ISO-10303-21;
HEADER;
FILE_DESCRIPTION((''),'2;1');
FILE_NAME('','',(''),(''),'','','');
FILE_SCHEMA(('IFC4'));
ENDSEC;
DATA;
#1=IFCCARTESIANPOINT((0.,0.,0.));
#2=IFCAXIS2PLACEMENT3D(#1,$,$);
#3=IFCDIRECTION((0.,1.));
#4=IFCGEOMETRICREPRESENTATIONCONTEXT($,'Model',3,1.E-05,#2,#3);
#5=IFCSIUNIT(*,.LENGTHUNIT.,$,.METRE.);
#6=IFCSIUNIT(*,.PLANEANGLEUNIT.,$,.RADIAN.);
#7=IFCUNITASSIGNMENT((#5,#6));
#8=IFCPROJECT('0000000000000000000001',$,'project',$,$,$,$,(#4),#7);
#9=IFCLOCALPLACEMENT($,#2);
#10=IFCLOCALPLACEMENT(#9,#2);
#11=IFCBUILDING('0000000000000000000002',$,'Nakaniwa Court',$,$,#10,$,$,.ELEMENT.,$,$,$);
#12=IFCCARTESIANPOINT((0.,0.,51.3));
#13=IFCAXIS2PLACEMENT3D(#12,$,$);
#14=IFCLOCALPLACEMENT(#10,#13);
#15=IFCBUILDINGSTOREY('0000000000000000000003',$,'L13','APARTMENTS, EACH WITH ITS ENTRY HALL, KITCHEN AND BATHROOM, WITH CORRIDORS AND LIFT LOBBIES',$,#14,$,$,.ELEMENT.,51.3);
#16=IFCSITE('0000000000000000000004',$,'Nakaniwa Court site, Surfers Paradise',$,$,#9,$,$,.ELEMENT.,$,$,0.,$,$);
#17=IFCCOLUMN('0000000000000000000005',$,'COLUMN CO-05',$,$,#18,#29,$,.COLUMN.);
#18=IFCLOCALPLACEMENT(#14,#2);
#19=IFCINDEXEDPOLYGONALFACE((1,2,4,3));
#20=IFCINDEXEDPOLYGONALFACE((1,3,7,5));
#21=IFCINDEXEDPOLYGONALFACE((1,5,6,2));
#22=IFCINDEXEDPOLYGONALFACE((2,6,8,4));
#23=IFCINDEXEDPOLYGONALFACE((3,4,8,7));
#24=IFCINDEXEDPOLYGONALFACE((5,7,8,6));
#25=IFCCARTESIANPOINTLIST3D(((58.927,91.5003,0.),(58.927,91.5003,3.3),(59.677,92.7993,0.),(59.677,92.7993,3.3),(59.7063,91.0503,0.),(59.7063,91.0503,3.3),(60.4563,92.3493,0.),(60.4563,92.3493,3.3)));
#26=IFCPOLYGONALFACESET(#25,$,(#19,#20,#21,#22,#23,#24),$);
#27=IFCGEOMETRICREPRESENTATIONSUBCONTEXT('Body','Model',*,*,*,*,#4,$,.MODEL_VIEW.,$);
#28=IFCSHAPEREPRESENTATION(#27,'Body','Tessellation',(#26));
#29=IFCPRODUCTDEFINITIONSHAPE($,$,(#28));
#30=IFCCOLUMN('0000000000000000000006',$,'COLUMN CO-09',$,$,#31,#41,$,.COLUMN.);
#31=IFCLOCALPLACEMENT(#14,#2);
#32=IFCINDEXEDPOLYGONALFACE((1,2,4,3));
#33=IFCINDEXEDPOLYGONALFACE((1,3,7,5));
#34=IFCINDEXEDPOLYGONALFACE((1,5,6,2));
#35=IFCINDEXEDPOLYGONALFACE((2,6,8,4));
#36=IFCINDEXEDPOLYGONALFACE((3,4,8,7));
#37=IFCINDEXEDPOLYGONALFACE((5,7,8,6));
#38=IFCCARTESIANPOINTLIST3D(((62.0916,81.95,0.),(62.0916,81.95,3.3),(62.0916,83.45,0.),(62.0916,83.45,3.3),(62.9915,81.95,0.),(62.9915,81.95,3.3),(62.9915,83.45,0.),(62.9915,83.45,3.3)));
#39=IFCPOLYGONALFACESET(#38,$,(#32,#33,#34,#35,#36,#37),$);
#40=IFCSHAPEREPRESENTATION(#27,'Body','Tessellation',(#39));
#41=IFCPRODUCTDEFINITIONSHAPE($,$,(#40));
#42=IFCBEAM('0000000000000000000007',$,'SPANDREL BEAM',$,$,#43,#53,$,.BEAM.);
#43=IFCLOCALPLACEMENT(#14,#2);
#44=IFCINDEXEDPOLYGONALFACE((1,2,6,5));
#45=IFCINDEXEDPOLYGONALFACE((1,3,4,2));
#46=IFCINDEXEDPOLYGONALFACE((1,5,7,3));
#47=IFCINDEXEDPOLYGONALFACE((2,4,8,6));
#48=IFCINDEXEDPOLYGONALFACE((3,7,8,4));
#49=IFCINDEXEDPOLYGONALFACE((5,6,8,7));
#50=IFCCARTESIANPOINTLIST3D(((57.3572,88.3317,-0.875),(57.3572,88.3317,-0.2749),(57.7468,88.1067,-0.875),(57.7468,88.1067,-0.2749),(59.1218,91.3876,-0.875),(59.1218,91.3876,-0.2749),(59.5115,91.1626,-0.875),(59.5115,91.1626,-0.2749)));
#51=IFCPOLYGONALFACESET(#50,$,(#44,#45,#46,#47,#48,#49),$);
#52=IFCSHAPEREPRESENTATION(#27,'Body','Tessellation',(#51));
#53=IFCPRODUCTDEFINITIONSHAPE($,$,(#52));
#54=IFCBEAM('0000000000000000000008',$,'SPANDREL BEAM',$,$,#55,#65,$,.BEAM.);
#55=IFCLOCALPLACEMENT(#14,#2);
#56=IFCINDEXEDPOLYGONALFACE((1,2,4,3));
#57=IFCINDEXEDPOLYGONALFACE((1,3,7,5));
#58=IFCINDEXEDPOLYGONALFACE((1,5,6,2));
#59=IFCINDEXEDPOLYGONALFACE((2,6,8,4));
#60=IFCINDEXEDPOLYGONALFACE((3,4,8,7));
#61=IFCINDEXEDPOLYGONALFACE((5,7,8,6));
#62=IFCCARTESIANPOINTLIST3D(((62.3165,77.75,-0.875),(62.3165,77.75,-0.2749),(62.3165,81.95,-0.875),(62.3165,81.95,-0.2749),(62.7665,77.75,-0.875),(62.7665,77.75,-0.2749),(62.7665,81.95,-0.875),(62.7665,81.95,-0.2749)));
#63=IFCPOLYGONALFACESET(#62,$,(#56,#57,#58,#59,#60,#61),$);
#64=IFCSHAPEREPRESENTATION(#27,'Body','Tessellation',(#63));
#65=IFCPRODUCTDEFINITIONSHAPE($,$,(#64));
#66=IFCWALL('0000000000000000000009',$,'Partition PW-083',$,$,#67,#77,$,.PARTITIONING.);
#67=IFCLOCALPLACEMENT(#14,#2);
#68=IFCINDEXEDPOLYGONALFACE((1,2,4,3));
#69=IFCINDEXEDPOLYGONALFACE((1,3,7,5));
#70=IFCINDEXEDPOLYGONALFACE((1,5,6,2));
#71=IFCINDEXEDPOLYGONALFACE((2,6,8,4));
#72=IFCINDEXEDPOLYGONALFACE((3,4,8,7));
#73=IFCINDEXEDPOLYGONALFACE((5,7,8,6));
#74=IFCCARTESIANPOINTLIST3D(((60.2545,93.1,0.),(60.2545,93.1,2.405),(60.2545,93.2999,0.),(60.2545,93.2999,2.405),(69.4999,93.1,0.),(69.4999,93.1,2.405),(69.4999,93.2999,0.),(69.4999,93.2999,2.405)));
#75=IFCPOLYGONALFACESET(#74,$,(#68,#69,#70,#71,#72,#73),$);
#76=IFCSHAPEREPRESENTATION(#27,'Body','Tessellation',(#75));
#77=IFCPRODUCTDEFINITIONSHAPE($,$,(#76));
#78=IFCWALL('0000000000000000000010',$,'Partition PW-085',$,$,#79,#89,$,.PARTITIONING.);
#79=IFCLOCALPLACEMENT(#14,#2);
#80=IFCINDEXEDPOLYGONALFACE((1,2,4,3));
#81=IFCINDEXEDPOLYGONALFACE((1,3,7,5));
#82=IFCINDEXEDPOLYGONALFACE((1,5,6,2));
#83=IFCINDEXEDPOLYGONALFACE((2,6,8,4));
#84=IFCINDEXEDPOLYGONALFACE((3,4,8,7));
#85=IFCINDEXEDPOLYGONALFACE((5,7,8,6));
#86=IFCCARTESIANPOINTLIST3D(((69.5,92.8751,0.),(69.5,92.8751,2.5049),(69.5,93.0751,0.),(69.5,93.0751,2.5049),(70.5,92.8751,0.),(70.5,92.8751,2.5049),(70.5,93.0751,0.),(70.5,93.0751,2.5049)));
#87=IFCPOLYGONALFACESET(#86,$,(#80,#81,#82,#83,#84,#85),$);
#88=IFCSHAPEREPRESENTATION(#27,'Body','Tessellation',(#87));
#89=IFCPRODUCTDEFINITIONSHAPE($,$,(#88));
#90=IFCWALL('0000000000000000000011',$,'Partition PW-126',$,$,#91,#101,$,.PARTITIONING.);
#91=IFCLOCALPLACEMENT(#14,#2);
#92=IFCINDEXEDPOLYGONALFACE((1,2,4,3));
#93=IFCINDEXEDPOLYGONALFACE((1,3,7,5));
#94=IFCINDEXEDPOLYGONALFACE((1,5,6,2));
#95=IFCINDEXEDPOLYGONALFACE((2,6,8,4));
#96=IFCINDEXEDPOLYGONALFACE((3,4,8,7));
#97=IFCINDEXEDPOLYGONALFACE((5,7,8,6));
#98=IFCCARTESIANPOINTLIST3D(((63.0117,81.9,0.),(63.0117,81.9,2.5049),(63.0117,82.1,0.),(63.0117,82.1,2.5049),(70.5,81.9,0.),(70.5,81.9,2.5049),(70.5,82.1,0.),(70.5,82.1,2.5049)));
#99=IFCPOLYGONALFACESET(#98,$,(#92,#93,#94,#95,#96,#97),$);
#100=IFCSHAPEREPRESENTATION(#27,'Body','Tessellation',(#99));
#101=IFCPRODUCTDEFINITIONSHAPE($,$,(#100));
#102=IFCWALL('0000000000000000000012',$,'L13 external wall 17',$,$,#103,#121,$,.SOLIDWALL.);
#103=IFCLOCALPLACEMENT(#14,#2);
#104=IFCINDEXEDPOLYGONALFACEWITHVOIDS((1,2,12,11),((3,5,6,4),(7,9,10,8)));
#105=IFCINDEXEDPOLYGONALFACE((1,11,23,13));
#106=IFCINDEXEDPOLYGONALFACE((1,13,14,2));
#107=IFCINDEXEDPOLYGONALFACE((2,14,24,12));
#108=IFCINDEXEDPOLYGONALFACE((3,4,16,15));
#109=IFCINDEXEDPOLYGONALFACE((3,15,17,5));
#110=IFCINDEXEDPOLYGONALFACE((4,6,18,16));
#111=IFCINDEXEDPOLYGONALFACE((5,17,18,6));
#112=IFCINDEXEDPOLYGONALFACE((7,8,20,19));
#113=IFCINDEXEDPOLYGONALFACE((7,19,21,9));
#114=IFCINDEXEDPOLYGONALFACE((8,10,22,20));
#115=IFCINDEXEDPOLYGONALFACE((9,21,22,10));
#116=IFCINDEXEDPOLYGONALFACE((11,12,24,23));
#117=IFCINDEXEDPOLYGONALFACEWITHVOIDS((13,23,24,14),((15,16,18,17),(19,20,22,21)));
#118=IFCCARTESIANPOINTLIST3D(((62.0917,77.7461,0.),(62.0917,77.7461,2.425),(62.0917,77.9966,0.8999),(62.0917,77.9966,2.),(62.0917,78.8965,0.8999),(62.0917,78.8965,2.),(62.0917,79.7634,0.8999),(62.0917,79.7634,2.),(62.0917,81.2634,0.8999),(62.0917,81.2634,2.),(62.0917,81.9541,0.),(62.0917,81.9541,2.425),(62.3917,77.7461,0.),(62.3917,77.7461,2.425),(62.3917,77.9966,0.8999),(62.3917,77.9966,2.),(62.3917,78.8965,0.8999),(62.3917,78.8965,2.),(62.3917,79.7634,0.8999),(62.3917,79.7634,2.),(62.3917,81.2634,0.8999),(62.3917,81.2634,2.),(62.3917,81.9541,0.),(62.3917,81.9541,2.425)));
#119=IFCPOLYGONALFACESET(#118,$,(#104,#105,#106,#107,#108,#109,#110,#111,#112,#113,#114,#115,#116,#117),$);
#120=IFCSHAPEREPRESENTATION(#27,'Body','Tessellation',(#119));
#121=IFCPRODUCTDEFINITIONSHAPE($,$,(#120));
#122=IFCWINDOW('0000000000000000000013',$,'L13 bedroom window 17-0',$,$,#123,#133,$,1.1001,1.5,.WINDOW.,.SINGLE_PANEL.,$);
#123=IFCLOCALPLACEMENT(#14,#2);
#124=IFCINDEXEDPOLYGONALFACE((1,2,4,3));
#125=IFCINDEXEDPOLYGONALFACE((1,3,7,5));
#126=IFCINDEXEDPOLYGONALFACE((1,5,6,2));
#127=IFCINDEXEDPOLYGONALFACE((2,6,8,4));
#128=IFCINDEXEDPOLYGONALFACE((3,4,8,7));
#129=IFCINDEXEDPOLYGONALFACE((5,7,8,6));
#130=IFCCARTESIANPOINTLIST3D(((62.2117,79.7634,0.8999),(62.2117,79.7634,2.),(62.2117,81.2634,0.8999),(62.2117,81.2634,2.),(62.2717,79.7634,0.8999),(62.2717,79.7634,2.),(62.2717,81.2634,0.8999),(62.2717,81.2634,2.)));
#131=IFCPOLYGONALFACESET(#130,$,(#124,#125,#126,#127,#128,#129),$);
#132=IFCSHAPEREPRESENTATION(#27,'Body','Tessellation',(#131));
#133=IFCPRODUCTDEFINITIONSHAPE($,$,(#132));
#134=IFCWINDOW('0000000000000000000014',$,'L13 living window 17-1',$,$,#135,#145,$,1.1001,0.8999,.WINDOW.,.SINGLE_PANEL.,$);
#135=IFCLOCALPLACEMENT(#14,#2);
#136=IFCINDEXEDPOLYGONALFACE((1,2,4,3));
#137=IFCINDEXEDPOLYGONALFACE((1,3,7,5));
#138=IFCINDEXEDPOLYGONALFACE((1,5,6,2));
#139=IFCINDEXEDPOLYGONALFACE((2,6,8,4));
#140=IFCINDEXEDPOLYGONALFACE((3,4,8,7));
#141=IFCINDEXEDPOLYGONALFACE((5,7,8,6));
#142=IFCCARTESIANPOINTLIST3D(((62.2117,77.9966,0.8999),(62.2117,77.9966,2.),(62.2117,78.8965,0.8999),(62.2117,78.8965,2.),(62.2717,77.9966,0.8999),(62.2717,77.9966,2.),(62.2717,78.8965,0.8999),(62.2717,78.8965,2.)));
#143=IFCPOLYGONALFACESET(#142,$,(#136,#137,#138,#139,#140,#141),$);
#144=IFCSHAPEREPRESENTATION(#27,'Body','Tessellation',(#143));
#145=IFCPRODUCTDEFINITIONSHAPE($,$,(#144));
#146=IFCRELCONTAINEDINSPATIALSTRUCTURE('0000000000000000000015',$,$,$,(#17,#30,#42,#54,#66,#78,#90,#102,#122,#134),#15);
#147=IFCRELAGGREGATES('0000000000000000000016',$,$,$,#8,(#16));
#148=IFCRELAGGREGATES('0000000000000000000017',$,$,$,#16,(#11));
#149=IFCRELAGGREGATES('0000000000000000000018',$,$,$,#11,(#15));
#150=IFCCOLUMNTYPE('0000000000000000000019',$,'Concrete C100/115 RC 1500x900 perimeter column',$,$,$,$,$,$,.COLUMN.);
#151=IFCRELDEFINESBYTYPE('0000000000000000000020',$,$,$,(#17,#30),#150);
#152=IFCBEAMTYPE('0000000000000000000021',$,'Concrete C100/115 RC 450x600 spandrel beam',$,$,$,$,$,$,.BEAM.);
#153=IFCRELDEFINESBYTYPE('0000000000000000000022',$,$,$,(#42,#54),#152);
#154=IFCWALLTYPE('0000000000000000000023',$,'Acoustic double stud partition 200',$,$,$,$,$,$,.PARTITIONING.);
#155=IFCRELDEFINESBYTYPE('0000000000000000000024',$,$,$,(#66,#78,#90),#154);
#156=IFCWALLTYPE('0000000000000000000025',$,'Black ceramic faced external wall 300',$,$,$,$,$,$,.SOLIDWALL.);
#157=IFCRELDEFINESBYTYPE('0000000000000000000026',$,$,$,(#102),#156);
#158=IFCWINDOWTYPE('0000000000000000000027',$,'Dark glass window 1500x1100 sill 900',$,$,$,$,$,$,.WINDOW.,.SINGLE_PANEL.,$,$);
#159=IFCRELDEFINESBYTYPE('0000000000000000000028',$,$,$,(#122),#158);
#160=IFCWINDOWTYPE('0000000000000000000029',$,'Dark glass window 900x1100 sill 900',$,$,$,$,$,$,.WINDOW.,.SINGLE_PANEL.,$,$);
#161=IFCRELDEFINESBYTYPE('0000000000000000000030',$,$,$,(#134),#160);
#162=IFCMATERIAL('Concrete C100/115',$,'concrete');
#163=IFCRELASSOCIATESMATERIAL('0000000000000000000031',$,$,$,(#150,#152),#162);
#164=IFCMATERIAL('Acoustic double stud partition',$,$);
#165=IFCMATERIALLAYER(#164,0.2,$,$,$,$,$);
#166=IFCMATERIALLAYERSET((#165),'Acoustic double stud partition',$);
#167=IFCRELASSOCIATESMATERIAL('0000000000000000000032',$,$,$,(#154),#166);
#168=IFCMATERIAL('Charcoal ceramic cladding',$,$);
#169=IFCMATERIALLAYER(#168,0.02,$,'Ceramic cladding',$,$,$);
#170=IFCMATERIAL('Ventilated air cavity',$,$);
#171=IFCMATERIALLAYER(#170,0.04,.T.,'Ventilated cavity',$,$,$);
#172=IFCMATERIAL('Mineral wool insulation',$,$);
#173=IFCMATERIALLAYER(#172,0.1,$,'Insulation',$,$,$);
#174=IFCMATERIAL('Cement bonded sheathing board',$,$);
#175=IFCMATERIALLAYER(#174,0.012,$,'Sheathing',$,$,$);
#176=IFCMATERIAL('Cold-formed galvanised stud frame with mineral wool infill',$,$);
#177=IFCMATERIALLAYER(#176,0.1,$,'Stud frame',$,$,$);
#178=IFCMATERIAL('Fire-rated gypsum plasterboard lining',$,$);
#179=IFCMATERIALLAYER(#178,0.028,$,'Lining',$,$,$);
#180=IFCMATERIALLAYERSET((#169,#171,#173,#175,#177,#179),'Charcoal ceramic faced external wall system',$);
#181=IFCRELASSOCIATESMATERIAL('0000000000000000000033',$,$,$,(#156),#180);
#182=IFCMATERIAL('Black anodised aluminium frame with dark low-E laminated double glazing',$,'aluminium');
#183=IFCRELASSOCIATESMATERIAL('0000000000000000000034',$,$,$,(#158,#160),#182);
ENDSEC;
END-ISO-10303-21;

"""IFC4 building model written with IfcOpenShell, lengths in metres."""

from ifc_helpers import new_model, si_unit, direction, frame, frame_2d, origin, origin_2d, place, context, subcontext, project, spatial, rectangle, extrude, material, layer, layer_set, material_profile, profile_set, type_object, element, fill, save


model = new_model("IFC4")

# Units and contexts
model_context = context("Model", 3, precision=1e-05, world=origin(), true_north=direction((0.0, 1.0)))
body_context = subcontext(model_context, "Body", "Model", "MODEL_VIEW")
ifc_project = project(units=[si_unit("LENGTHUNIT", "METRE"), si_unit("PLANEANGLEUNIT", "RADIAN")], contexts=[model_context])

# Site, building, storey
site_placement = place(None, origin())
site = spatial("IfcSite", under=ifc_project, at=site_placement, Name="Nakaniwa Court site, Surfers Paradise", CompositionType="ELEMENT", RefElevation=0.0)
building_placement = place(site_placement, origin())
building = spatial("IfcBuilding", under=site, at=building_placement, Name="Nakaniwa Court", CompositionType="ELEMENT")
storey_placement = place(building_placement, frame((0.0, 0.0, 51.3)))
storey = spatial("IfcBuildingStorey", under=building, at=storey_placement, Name="L13", Description="APARTMENTS, EACH WITH ITS ENTRY HALL, KITCHEN AND BATHROOM, WITH CORRIDORS AND LIFT LOBBIES", CompositionType="ELEMENT", Elevation=51.3)

# Columns
ifc_material_1 = material(Name="Concrete C100/115", Category="concrete")
ifc_material_profile_1 = material_profile(ifc_material_1, rectangle(XDim=1.5, YDim=0.8999, at=origin_2d()), Name="Concrete C100/115 RC 1500x900 perimeter column")
ifc_profile_set_1 = profile_set([ifc_material_profile_1], Name="Concrete C100/115")
column_type = type_object("IfcColumnType", Name="Concrete C100/115 RC 1500x900 perimeter column", PredefinedType="COLUMN", material=ifc_profile_set_1)
for number, where, z_axis, x_axis, name in (
    (1, (59.6917, 91.9248, 0.0), (0.0, 0.0, 1.0), (-0.5, -0.866025, 0.0), "COLUMN CO-05"),
    (2, (62.5415, 82.7, 0.0), (0.0, 0.0, 1.0), (0.0, -1.0, 0.0), "COLUMN CO-09"),
):
    element("IfcColumn", number, at=place(storey_placement, frame(where, z_axis=z_axis, x_axis=x_axis)), inside=storey, type_object=column_type, Name=name, PredefinedType="COLUMN", context=body_context, shape_type="SweptSolid", body=[
        extrude(rectangle(XDim=1.5, YDim=0.8999, at=origin_2d()), origin(), (0.0, 0.0, 1.0), 3.3),
    ])

# Beams
ifc_material_profile_2 = material_profile(ifc_material_1, rectangle(XDim=0.45, YDim=0.6001, at=origin_2d()), Name="Concrete C100/115 RC 450x600 spandrel beam")
ifc_profile_set_2 = profile_set([ifc_material_profile_2], Name="Concrete C100/115")
beam_type = type_object("IfcBeamType", Name="Concrete C100/115 RC 450x600 spandrel beam", PredefinedType="BEAM", material=ifc_profile_set_2)
beam_1_placement = place(storey_placement, frame((59.3167, 91.2751, -0.575), z_axis=(-0.500068, -0.865986, 0.0), x_axis=(0.865986, -0.500068, 0.0)))
element("IfcBeam", 3, at=beam_1_placement, inside=storey, type_object=beam_type, Name="SPANDREL BEAM", PredefinedType="BEAM", context=body_context, shape_type="SweptSolid", body=[
    extrude(rectangle(XDim=0.45, YDim=0.6001, at=origin_2d()), origin(), (0.0, 0.0, 1.0), 3.5288),
])
beam_2_placement = place(storey_placement, frame((62.5415, 81.95, -0.575), z_axis=(0.0, -1.0, 0.0), x_axis=(1.0, 0.0, 0.0)))
element("IfcBeam", 4, at=beam_2_placement, inside=storey, type_object=beam_type, Name="SPANDREL BEAM", PredefinedType="BEAM", context=body_context, shape_type="SweptSolid", body=[
    extrude(rectangle(XDim=0.45, YDim=0.6001, at=origin_2d()), origin(), (0.0, 0.0, 1.0), 4.2),
])

# Walls
ifc_material_2 = material(Name="Acoustic double stud partition")
ifc_layer_1 = layer(ifc_material_2, 0.2)
ifc_layer_set_1 = layer_set([ifc_layer_1], Name="Acoustic double stud partition")
wall_type_1 = type_object("IfcWallType", Name="Acoustic double stud partition 200", PredefinedType="PARTITIONING", material=ifc_layer_set_1)
wall_1_placement = place(storey_placement, frame((60.2546, 93.2, 0.0), z_axis=(0.0, 0.0, 1.0), x_axis=(1.0, 0.0, 0.0)))
element("IfcWall", 5, at=wall_1_placement, inside=storey, type_object=wall_type_1, Name="Partition PW-083", PredefinedType="PARTITIONING", context=body_context, shape_type="SweptSolid", body=[
    extrude(rectangle(XDim=9.2454, YDim=0.2, at=frame_2d((4.6226, 0.0))), origin(), (0.0, 0.0, 1.0), 2.405),
])
wall_2_placement = place(storey_placement, frame((69.5, 92.9751, 0.0), z_axis=(0.0, 0.0, 1.0), x_axis=(1.0, 0.0, 0.0)))
element("IfcWall", 6, at=wall_2_placement, inside=storey, type_object=wall_type_1, Name="Partition PW-085", PredefinedType="PARTITIONING", context=body_context, shape_type="SweptSolid", body=[
    extrude(rectangle(XDim=1.0, YDim=0.2, at=frame_2d((0.5, 0.0))), origin(), (0.0, 0.0, 1.0), 2.5049),
])
wall_3_placement = place(storey_placement, frame((63.0117, 82.0, 0.0), z_axis=(0.0, 0.0, 1.0), x_axis=(1.0, 0.0, 0.0)))
element("IfcWall", 7, at=wall_3_placement, inside=storey, type_object=wall_type_1, Name="Partition PW-126", PredefinedType="PARTITIONING", context=body_context, shape_type="SweptSolid", body=[
    extrude(rectangle(XDim=7.4883, YDim=0.2, at=frame_2d((3.7441, 0.0))), origin(), (0.0, 0.0, 1.0), 2.5049),
])

# Wall, openings, windows
ifc_material_3 = material(Name="Charcoal ceramic cladding")
ifc_layer_2 = layer(ifc_material_3, 0.02, Name="Ceramic cladding")
ifc_material_4 = material(Name="Ventilated air cavity")
ifc_layer_3 = layer(ifc_material_4, 0.04, ventilated=True, Name="Ventilated cavity")
ifc_material_5 = material(Name="Mineral wool insulation")
ifc_layer_4 = layer(ifc_material_5, 0.1, Name="Insulation")
ifc_material_6 = material(Name="Cement bonded sheathing board")
ifc_layer_5 = layer(ifc_material_6, 0.012, Name="Sheathing")
ifc_material_7 = material(Name="Cold-formed galvanised stud frame with mineral wool infill")
ifc_layer_6 = layer(ifc_material_7, 0.1, Name="Stud frame")
ifc_material_8 = material(Name="Fire-rated gypsum plasterboard lining")
ifc_layer_7 = layer(ifc_material_8, 0.028, Name="Lining")
ifc_layer_set_2 = layer_set([ifc_layer_2, ifc_layer_3, ifc_layer_4, ifc_layer_5, ifc_layer_6, ifc_layer_7], Name="Charcoal ceramic faced external wall system")
wall_type_2 = type_object("IfcWallType", Name="Black ceramic faced external wall 300", PredefinedType="SOLIDWALL", material=ifc_layer_set_2)
wall_4_placement = place(storey_placement, frame((62.2417, 81.9541, 0.0), z_axis=(0.0, 0.0, 1.0), x_axis=(0.0, -1.0, 0.0)))
wall_4 = element("IfcWall", 8, at=wall_4_placement, inside=storey, type_object=wall_type_2, Name="L13 external wall 17", PredefinedType="SOLIDWALL", context=body_context, shape_type="SweptSolid", body=[
    extrude(rectangle(XDim=4.208, YDim=0.3, at=frame_2d((2.104, 0.0))), origin(), (0.0, 0.0, 1.0), 2.425),
])
opening_1_placement = place(wall_4_placement, frame((0.6907, 0.0, 0.8999)))
opening_1 = element("IfcOpeningElement", 9, at=opening_1_placement, cuts=wall_4, PredefinedType="OPENING", context=body_context, shape_type="SweptSolid", body=[
    extrude(rectangle(XDim=1.5, YDim=1.1001, at=frame_2d((0.75, 0.55))), frame((0.0, 0.1599, 0.0), z_axis=(0.0, -1.0, 0.0), x_axis=(1.0, 0.0, 0.0)), (0.0, 0.0, 1.0), 0.3201),
])
opening_2_placement = place(wall_4_placement, frame((3.0576, 0.0, 0.8999)))
opening_2 = element("IfcOpeningElement", 10, at=opening_2_placement, cuts=wall_4, PredefinedType="OPENING", context=body_context, shape_type="SweptSolid", body=[
    extrude(rectangle(XDim=0.8999, YDim=1.1001, at=frame_2d((0.45, 0.55))), frame((0.0, 0.1599, 0.0), z_axis=(0.0, -1.0, 0.0), x_axis=(1.0, 0.0, 0.0)), (0.0, 0.0, 1.0), 0.3201),
])
ifc_material_9 = material(Name="Black anodised aluminium frame with dark low-E laminated double glazing", Category="aluminium")
window_type_1 = type_object("IfcWindowType", Name="Dark glass window 1500x1100 sill 900", PartitioningType="SINGLE_PANEL", PredefinedType="WINDOW", material=ifc_material_9)
window_1_placement = place(opening_1_placement, origin())
window_1 = element("IfcWindow", 11, at=window_1_placement, inside=storey, type_object=window_type_1, Name="L13 bedroom window 17-0", OverallHeight=1.1001, OverallWidth=1.5, PartitioningType="SINGLE_PANEL", PredefinedType="WINDOW", context=body_context, shape_type="SweptSolid", body=[
    extrude(rectangle(XDim=1.5, YDim=1.1001, at=frame_2d((0.75, 0.55))), frame((0.0, 0.03, 0.0), z_axis=(0.0, -1.0, 0.0), x_axis=(1.0, 0.0, 0.0)), (0.0, 0.0, 1.0), 0.0601),
])
fill(opening_1, window_1)
window_type_2 = type_object("IfcWindowType", Name="Dark glass window 900x1100 sill 900", PartitioningType="SINGLE_PANEL", PredefinedType="WINDOW", material=ifc_material_9)
window_2_placement = place(opening_2_placement, origin())
window_2 = element("IfcWindow", 12, at=window_2_placement, inside=storey, type_object=window_type_2, Name="L13 living window 17-1", OverallHeight=1.1001, OverallWidth=0.8999, PartitioningType="SINGLE_PANEL", PredefinedType="WINDOW", context=body_context, shape_type="SweptSolid", body=[
    extrude(rectangle(XDim=0.8999, YDim=1.1001, at=frame_2d((0.45, 0.55))), frame((0.0, 0.03, 0.0), z_axis=(0.0, -1.0, 0.0), x_axis=(1.0, 0.0, 0.0)), (0.0, 0.0, 1.0), 0.0601),
])
fill(opening_2, window_2)

save(model, "model.ifc")
